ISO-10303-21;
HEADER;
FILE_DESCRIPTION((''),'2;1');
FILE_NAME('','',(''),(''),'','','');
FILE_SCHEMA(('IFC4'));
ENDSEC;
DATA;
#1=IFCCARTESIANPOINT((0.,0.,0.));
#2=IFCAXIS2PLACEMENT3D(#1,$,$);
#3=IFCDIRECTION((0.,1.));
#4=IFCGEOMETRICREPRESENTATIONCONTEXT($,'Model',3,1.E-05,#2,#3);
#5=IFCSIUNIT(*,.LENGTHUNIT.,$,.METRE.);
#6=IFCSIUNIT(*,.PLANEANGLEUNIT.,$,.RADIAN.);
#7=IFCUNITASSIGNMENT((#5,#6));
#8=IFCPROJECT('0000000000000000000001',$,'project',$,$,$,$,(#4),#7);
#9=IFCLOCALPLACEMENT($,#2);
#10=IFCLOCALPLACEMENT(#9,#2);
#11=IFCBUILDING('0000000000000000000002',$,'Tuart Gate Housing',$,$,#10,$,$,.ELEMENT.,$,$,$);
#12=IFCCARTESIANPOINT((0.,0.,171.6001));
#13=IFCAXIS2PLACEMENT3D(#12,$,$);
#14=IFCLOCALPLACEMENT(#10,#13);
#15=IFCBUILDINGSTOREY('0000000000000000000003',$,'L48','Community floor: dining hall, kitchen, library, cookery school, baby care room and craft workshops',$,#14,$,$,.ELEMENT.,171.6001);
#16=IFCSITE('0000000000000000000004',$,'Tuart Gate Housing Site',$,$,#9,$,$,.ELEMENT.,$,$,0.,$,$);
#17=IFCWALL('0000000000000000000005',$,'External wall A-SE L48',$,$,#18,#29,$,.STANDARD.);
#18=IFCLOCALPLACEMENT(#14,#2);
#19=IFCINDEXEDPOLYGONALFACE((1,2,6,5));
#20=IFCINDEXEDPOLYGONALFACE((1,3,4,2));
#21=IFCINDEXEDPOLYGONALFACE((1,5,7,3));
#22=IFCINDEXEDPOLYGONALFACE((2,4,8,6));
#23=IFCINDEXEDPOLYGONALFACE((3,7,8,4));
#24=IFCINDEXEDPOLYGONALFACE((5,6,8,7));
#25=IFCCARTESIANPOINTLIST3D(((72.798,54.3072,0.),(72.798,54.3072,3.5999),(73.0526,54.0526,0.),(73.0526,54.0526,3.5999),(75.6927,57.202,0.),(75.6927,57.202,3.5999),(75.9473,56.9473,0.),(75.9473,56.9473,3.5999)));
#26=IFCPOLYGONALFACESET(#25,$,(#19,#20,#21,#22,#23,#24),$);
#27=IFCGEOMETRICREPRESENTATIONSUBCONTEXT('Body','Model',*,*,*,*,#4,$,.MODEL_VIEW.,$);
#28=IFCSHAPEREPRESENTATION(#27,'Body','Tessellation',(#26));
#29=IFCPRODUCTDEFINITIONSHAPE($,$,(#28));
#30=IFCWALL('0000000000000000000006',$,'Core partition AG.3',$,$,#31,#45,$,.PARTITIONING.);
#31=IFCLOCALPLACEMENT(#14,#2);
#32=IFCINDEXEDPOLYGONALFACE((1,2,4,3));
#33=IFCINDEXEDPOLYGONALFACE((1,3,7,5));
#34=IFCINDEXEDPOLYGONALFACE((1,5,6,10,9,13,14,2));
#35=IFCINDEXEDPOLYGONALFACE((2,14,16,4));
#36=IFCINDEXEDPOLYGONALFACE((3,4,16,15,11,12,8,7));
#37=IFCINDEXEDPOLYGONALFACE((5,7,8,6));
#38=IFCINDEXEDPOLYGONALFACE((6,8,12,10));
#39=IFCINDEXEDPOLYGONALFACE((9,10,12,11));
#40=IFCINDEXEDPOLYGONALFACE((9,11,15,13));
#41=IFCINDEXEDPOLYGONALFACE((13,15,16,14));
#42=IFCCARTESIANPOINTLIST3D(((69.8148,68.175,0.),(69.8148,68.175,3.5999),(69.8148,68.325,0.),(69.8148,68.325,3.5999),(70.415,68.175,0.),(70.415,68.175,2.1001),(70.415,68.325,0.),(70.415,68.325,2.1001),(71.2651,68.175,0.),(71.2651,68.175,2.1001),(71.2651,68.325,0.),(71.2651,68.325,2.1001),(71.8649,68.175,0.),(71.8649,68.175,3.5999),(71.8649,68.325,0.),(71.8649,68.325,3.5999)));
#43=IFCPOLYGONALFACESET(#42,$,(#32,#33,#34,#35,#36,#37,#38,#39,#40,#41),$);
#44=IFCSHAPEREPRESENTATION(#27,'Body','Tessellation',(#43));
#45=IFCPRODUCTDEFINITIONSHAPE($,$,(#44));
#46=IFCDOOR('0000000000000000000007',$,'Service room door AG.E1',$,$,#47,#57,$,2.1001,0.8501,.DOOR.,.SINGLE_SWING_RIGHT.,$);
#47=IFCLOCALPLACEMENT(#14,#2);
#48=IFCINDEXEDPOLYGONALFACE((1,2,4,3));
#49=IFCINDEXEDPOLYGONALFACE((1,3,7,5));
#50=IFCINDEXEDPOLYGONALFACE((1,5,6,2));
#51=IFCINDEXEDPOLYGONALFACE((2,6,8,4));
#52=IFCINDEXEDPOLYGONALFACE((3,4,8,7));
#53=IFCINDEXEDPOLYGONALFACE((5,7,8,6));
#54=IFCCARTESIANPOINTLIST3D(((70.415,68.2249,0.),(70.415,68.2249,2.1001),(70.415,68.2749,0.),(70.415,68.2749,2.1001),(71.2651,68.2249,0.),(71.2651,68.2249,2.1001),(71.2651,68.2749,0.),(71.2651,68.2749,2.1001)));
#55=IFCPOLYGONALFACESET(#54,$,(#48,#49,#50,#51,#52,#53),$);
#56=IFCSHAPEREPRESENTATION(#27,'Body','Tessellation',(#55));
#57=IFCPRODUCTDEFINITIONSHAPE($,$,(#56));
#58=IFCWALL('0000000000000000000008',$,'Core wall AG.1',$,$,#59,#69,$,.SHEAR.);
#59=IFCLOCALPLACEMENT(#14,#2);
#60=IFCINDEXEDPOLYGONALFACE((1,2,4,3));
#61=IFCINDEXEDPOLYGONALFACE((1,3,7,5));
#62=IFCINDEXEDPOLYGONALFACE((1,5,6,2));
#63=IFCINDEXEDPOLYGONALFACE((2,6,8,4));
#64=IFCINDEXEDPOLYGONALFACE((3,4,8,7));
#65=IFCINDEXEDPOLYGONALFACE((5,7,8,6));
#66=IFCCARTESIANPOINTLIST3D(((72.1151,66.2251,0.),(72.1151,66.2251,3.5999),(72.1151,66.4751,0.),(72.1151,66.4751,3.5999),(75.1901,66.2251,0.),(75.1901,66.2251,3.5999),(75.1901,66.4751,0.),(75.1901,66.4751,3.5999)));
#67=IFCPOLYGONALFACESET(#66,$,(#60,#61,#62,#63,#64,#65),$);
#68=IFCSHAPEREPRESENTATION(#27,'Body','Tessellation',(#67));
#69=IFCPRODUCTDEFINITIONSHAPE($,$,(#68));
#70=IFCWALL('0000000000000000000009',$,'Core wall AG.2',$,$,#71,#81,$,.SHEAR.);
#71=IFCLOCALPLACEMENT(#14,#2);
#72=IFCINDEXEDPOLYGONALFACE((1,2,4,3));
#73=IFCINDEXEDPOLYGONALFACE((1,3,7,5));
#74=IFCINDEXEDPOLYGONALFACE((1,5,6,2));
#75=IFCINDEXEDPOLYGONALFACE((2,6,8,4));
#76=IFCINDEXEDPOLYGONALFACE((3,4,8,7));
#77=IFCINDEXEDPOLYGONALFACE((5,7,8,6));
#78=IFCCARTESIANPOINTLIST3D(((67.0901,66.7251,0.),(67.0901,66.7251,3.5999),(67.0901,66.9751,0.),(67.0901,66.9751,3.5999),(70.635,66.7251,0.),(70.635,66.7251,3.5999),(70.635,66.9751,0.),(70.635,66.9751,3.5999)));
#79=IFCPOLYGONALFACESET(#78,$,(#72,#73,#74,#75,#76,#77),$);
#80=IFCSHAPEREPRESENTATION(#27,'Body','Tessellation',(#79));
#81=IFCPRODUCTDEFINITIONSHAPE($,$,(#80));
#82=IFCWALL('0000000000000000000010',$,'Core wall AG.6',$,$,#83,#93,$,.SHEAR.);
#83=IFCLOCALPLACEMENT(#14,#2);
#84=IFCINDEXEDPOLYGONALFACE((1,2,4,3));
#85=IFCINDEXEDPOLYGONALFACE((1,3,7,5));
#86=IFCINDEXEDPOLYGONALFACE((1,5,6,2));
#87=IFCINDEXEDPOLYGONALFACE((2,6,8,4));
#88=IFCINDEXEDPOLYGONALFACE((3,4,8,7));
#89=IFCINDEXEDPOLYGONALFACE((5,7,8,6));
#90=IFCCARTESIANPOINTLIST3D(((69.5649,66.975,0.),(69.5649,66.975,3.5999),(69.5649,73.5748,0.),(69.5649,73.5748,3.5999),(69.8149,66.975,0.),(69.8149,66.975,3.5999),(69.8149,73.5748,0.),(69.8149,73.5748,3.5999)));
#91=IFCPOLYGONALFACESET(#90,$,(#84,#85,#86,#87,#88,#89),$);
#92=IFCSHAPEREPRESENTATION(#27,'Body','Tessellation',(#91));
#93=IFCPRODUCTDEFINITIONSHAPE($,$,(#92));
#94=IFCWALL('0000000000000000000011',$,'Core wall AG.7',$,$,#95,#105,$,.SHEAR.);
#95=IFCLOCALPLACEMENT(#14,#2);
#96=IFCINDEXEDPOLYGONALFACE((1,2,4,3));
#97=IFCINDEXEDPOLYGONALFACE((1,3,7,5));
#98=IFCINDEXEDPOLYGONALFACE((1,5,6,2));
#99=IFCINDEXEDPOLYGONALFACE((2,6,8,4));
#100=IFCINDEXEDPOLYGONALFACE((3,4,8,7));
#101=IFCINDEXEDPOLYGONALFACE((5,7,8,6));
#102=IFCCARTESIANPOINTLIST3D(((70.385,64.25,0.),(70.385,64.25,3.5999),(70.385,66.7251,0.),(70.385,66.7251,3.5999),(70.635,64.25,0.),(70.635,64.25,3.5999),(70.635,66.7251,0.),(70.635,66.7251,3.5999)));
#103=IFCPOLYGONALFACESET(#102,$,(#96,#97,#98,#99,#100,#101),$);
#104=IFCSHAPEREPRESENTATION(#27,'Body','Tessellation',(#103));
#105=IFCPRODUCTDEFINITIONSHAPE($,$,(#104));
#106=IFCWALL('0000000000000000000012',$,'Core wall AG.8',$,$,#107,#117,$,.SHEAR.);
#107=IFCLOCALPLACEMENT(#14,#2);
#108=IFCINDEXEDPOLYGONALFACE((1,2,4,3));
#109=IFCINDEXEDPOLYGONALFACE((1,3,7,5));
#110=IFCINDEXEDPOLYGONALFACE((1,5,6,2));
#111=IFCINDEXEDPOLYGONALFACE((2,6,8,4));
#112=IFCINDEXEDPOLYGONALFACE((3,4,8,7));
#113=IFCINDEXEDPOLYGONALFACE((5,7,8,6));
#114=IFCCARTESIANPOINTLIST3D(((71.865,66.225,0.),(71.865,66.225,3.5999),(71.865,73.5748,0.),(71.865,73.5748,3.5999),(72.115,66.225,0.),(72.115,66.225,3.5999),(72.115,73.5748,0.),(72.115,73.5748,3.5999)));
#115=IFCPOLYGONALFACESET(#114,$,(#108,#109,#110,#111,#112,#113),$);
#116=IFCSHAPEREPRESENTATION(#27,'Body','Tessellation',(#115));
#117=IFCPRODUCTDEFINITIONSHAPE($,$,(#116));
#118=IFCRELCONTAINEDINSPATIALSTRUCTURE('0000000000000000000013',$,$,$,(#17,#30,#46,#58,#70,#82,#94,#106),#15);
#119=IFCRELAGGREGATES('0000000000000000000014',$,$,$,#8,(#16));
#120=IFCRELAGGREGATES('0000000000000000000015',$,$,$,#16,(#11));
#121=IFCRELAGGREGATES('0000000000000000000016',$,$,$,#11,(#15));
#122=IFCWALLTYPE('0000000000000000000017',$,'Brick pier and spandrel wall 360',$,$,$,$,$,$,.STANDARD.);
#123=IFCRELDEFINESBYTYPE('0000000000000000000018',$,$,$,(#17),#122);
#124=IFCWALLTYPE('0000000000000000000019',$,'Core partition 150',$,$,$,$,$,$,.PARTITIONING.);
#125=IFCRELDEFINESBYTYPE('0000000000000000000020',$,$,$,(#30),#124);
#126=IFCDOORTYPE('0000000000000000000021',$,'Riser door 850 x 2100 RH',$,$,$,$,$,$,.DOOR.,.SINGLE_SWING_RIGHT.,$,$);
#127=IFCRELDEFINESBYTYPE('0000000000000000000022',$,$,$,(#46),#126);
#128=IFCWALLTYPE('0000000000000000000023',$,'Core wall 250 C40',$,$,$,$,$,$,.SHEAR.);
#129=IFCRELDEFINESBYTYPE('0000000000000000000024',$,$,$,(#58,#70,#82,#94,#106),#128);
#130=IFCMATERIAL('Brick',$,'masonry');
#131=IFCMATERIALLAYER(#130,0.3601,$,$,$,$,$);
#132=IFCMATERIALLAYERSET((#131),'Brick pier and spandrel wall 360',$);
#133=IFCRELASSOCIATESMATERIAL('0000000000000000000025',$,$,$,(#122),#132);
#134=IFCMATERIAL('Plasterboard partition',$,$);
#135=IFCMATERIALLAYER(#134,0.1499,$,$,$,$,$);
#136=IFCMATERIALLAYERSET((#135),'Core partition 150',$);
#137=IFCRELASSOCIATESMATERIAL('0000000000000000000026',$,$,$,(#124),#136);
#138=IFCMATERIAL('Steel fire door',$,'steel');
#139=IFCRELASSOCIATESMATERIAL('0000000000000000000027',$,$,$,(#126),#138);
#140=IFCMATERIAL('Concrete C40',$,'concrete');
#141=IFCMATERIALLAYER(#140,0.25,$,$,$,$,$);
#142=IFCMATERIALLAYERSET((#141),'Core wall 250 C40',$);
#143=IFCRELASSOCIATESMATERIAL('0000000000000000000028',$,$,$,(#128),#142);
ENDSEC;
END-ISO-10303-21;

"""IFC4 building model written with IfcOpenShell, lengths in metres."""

from ifc_helpers import new_model, si_unit, direction, frame, frame_2d, origin, place, context, subcontext, project, spatial, rectangle, extrude, material, layer, layer_set, type_object, element, fill, save


model = new_model("IFC4")

# Units and contexts
model_context = context("Model", 3, precision=1e-05, world=origin(), true_north=direction((0.0, 1.0)))
body_context = subcontext(model_context, "Body", "Model", "MODEL_VIEW")
ifc_project = project(units=[si_unit("LENGTHUNIT", "METRE"), si_unit("PLANEANGLEUNIT", "RADIAN")], contexts=[model_context])

# Site, building, storey
site_placement = place(None, origin())
site = spatial("IfcSite", under=ifc_project, at=site_placement, Name="Tuart Gate Housing Site", CompositionType="ELEMENT", RefElevation=0.0)
building_placement = place(site_placement, origin())
building = spatial("IfcBuilding", under=site, at=building_placement, Name="Tuart Gate Housing", CompositionType="ELEMENT")
storey_placement = place(building_placement, frame((0.0, 0.0, 171.6001)))
storey = spatial("IfcBuildingStorey", under=building, at=storey_placement, Name="L48", Description="Community floor: dining hall, kitchen, library, cookery school, baby care room and craft workshops", CompositionType="ELEMENT", Elevation=171.6001)

# Wall
ifc_material_1 = material(Name="Brick", Category="masonry")
ifc_layer_1 = layer(ifc_material_1, 0.3601)
ifc_layer_set_1 = layer_set([ifc_layer_1], Name="Brick pier and spandrel wall 360")
wall_type_1 = type_object("IfcWallType", Name="Brick pier and spandrel wall 360", PredefinedType="STANDARD", material=ifc_layer_set_1)
wall_1_placement = place(storey_placement, frame((72.9253, 54.1799, 0.0), z_axis=(0.0, 0.0, 1.0), x_axis=(0.707107, 0.707107, 0.0)))
element("IfcWall", 1, at=wall_1_placement, inside=storey, type_object=wall_type_1, Name="External wall A-SE L48", PredefinedType="STANDARD", context=body_context, shape_type="SweptSolid", body=[
    extrude(rectangle(XDim=4.0938, YDim=0.3601, at=frame_2d((2.0469, 0.0))), origin(), (0.0, 0.0, 1.0), 3.5999),
])

# Wall, opening, door
ifc_material_2 = material(Name="Plasterboard partition")
ifc_layer_2 = layer(ifc_material_2, 0.1499)
ifc_layer_set_2 = layer_set([ifc_layer_2], Name="Core partition 150")
wall_type_2 = type_object("IfcWallType", Name="Core partition 150", PredefinedType="PARTITIONING", material=ifc_layer_set_2)
wall_2_placement = place(storey_placement, frame((69.8149, 68.25, 0.0), z_axis=(0.0, 0.0, 1.0), x_axis=(1.0, 0.0, 0.0)))
wall_2 = element("IfcWall", 2, at=wall_2_placement, inside=storey, type_object=wall_type_2, Name="Core partition AG.3", PredefinedType="PARTITIONING", context=body_context, shape_type="SweptSolid", body=[
    extrude(rectangle(XDim=2.05, YDim=0.1499, at=frame_2d((1.0249, 0.0))), origin(), (0.0, 0.0, 1.0), 3.5999),
])
opening_1_placement = place(wall_2_placement, frame((0.6001, 0.0, 0.0)))
opening_1 = element("IfcOpeningElement", 3, at=opening_1_placement, cuts=wall_2, PredefinedType="OPENING", context=body_context, shape_type="SweptSolid", body=[
    extrude(rectangle(XDim=0.8501, YDim=2.1001, at=frame_2d((0.425, 1.05))), frame((0.0, 0.085, 0.0), z_axis=(0.0, -1.0, 0.0), x_axis=(1.0, 0.0, 0.0)), (0.0, 0.0, 1.0), 0.1699),
])
ifc_material_3 = material(Name="Steel fire door", Category="steel")
door_type_1 = type_object("IfcDoorType", Name="Riser door 850 x 2100 RH", OperationType="SINGLE_SWING_RIGHT", PredefinedType="DOOR", material=ifc_material_3)
door_1_placement = place(opening_1_placement, frame((0.8501, 0.0, 0.0), z_axis=(0.0, 0.0, 1.0), x_axis=(-1.0, 0.0, 0.0)))
door_1 = element("IfcDoor", 4, at=door_1_placement, inside=storey, type_object=door_type_1, Name="Service room door AG.E1", OperationType="SINGLE_SWING_RIGHT", OverallHeight=2.1001, OverallWidth=0.8501, PredefinedType="DOOR", context=body_context, shape_type="SweptSolid", body=[
    extrude(rectangle(XDim=0.8501, YDim=2.1001, at=frame_2d((0.425, 1.05))), frame((0.0, 0.0251, 0.0), z_axis=(0.0, -1.0, 0.0), x_axis=(1.0, 0.0, 0.0)), (0.0, 0.0, 1.0), 0.05),
])
fill(opening_1, door_1)

# Walls
ifc_material_4 = material(Name="Concrete C40", Category="concrete")
ifc_layer_3 = layer(ifc_material_4, 0.25)
ifc_layer_set_3 = layer_set([ifc_layer_3], Name="Core wall 250 C40")
wall_type_3 = type_object("IfcWallType", Name="Core wall 250 C40", PredefinedType="SHEAR", material=ifc_layer_set_3)
wall_3_placement = place(storey_placement, frame((72.115, 66.3501, 0.0), z_axis=(0.0, 0.0, 1.0), x_axis=(1.0, 0.0, 0.0)))
element("IfcWall", 5, at=wall_3_placement, inside=storey, type_object=wall_type_3, Name="Core wall AG.1", PredefinedType="SHEAR", context=body_context, shape_type="SweptSolid", body=[
    extrude(rectangle(XDim=3.075, YDim=0.25, at=frame_2d((1.5376, 0.0))), origin(), (0.0, 0.0, 1.0), 3.5999),
])
wall_4_placement = place(storey_placement, frame((67.0901, 66.8501, 0.0), z_axis=(0.0, 0.0, 1.0), x_axis=(1.0, 0.0, 0.0)))
element("IfcWall", 6, at=wall_4_placement, inside=storey, type_object=wall_type_3, Name="Core wall AG.2", PredefinedType="SHEAR", context=body_context, shape_type="SweptSolid", body=[
    extrude(rectangle(XDim=3.5449, YDim=0.25, at=frame_2d((1.7725, 0.0))), origin(), (0.0, 0.0, 1.0), 3.5999),
])
wall_5_placement = place(storey_placement, frame((69.6899, 66.9751, 0.0), z_axis=(0.0, 0.0, 1.0), x_axis=(0.0, 1.0, 0.0)))
element("IfcWall", 7, at=wall_5_placement, inside=storey, type_object=wall_type_3, Name="Core wall AG.6", PredefinedType="SHEAR", context=body_context, shape_type="SweptSolid", body=[
    extrude(rectangle(XDim=6.5999, YDim=0.25, at=frame_2d((3.2998, 0.0))), origin(), (0.0, 0.0, 1.0), 3.5999),
])
wall_6_placement = place(storey_placement, frame((70.51, 64.25, 0.0), z_axis=(0.0, 0.0, 1.0), x_axis=(0.0, 1.0, 0.0)))
element("IfcWall", 8, at=wall_6_placement, inside=storey, type_object=wall_type_3, Name="Core wall AG.7", PredefinedType="SHEAR", context=body_context, shape_type="SweptSolid", body=[
    extrude(rectangle(XDim=2.4751, YDim=0.25, at=frame_2d((1.2375, 0.0))), origin(), (0.0, 0.0, 1.0), 3.5999),
])
wall_7_placement = place(storey_placement, frame((71.99, 66.2251, 0.0), z_axis=(0.0, 0.0, 1.0), x_axis=(0.0, 1.0, 0.0)))
element("IfcWall", 9, at=wall_7_placement, inside=storey, type_object=wall_type_3, Name="Core wall AG.8", PredefinedType="SHEAR", context=body_context, shape_type="SweptSolid", body=[
    extrude(rectangle(XDim=7.3499, YDim=0.25, at=frame_2d((3.6748, 0.0))), origin(), (0.0, 0.0, 1.0), 3.5999),
])

save(model, "model.ifc")
